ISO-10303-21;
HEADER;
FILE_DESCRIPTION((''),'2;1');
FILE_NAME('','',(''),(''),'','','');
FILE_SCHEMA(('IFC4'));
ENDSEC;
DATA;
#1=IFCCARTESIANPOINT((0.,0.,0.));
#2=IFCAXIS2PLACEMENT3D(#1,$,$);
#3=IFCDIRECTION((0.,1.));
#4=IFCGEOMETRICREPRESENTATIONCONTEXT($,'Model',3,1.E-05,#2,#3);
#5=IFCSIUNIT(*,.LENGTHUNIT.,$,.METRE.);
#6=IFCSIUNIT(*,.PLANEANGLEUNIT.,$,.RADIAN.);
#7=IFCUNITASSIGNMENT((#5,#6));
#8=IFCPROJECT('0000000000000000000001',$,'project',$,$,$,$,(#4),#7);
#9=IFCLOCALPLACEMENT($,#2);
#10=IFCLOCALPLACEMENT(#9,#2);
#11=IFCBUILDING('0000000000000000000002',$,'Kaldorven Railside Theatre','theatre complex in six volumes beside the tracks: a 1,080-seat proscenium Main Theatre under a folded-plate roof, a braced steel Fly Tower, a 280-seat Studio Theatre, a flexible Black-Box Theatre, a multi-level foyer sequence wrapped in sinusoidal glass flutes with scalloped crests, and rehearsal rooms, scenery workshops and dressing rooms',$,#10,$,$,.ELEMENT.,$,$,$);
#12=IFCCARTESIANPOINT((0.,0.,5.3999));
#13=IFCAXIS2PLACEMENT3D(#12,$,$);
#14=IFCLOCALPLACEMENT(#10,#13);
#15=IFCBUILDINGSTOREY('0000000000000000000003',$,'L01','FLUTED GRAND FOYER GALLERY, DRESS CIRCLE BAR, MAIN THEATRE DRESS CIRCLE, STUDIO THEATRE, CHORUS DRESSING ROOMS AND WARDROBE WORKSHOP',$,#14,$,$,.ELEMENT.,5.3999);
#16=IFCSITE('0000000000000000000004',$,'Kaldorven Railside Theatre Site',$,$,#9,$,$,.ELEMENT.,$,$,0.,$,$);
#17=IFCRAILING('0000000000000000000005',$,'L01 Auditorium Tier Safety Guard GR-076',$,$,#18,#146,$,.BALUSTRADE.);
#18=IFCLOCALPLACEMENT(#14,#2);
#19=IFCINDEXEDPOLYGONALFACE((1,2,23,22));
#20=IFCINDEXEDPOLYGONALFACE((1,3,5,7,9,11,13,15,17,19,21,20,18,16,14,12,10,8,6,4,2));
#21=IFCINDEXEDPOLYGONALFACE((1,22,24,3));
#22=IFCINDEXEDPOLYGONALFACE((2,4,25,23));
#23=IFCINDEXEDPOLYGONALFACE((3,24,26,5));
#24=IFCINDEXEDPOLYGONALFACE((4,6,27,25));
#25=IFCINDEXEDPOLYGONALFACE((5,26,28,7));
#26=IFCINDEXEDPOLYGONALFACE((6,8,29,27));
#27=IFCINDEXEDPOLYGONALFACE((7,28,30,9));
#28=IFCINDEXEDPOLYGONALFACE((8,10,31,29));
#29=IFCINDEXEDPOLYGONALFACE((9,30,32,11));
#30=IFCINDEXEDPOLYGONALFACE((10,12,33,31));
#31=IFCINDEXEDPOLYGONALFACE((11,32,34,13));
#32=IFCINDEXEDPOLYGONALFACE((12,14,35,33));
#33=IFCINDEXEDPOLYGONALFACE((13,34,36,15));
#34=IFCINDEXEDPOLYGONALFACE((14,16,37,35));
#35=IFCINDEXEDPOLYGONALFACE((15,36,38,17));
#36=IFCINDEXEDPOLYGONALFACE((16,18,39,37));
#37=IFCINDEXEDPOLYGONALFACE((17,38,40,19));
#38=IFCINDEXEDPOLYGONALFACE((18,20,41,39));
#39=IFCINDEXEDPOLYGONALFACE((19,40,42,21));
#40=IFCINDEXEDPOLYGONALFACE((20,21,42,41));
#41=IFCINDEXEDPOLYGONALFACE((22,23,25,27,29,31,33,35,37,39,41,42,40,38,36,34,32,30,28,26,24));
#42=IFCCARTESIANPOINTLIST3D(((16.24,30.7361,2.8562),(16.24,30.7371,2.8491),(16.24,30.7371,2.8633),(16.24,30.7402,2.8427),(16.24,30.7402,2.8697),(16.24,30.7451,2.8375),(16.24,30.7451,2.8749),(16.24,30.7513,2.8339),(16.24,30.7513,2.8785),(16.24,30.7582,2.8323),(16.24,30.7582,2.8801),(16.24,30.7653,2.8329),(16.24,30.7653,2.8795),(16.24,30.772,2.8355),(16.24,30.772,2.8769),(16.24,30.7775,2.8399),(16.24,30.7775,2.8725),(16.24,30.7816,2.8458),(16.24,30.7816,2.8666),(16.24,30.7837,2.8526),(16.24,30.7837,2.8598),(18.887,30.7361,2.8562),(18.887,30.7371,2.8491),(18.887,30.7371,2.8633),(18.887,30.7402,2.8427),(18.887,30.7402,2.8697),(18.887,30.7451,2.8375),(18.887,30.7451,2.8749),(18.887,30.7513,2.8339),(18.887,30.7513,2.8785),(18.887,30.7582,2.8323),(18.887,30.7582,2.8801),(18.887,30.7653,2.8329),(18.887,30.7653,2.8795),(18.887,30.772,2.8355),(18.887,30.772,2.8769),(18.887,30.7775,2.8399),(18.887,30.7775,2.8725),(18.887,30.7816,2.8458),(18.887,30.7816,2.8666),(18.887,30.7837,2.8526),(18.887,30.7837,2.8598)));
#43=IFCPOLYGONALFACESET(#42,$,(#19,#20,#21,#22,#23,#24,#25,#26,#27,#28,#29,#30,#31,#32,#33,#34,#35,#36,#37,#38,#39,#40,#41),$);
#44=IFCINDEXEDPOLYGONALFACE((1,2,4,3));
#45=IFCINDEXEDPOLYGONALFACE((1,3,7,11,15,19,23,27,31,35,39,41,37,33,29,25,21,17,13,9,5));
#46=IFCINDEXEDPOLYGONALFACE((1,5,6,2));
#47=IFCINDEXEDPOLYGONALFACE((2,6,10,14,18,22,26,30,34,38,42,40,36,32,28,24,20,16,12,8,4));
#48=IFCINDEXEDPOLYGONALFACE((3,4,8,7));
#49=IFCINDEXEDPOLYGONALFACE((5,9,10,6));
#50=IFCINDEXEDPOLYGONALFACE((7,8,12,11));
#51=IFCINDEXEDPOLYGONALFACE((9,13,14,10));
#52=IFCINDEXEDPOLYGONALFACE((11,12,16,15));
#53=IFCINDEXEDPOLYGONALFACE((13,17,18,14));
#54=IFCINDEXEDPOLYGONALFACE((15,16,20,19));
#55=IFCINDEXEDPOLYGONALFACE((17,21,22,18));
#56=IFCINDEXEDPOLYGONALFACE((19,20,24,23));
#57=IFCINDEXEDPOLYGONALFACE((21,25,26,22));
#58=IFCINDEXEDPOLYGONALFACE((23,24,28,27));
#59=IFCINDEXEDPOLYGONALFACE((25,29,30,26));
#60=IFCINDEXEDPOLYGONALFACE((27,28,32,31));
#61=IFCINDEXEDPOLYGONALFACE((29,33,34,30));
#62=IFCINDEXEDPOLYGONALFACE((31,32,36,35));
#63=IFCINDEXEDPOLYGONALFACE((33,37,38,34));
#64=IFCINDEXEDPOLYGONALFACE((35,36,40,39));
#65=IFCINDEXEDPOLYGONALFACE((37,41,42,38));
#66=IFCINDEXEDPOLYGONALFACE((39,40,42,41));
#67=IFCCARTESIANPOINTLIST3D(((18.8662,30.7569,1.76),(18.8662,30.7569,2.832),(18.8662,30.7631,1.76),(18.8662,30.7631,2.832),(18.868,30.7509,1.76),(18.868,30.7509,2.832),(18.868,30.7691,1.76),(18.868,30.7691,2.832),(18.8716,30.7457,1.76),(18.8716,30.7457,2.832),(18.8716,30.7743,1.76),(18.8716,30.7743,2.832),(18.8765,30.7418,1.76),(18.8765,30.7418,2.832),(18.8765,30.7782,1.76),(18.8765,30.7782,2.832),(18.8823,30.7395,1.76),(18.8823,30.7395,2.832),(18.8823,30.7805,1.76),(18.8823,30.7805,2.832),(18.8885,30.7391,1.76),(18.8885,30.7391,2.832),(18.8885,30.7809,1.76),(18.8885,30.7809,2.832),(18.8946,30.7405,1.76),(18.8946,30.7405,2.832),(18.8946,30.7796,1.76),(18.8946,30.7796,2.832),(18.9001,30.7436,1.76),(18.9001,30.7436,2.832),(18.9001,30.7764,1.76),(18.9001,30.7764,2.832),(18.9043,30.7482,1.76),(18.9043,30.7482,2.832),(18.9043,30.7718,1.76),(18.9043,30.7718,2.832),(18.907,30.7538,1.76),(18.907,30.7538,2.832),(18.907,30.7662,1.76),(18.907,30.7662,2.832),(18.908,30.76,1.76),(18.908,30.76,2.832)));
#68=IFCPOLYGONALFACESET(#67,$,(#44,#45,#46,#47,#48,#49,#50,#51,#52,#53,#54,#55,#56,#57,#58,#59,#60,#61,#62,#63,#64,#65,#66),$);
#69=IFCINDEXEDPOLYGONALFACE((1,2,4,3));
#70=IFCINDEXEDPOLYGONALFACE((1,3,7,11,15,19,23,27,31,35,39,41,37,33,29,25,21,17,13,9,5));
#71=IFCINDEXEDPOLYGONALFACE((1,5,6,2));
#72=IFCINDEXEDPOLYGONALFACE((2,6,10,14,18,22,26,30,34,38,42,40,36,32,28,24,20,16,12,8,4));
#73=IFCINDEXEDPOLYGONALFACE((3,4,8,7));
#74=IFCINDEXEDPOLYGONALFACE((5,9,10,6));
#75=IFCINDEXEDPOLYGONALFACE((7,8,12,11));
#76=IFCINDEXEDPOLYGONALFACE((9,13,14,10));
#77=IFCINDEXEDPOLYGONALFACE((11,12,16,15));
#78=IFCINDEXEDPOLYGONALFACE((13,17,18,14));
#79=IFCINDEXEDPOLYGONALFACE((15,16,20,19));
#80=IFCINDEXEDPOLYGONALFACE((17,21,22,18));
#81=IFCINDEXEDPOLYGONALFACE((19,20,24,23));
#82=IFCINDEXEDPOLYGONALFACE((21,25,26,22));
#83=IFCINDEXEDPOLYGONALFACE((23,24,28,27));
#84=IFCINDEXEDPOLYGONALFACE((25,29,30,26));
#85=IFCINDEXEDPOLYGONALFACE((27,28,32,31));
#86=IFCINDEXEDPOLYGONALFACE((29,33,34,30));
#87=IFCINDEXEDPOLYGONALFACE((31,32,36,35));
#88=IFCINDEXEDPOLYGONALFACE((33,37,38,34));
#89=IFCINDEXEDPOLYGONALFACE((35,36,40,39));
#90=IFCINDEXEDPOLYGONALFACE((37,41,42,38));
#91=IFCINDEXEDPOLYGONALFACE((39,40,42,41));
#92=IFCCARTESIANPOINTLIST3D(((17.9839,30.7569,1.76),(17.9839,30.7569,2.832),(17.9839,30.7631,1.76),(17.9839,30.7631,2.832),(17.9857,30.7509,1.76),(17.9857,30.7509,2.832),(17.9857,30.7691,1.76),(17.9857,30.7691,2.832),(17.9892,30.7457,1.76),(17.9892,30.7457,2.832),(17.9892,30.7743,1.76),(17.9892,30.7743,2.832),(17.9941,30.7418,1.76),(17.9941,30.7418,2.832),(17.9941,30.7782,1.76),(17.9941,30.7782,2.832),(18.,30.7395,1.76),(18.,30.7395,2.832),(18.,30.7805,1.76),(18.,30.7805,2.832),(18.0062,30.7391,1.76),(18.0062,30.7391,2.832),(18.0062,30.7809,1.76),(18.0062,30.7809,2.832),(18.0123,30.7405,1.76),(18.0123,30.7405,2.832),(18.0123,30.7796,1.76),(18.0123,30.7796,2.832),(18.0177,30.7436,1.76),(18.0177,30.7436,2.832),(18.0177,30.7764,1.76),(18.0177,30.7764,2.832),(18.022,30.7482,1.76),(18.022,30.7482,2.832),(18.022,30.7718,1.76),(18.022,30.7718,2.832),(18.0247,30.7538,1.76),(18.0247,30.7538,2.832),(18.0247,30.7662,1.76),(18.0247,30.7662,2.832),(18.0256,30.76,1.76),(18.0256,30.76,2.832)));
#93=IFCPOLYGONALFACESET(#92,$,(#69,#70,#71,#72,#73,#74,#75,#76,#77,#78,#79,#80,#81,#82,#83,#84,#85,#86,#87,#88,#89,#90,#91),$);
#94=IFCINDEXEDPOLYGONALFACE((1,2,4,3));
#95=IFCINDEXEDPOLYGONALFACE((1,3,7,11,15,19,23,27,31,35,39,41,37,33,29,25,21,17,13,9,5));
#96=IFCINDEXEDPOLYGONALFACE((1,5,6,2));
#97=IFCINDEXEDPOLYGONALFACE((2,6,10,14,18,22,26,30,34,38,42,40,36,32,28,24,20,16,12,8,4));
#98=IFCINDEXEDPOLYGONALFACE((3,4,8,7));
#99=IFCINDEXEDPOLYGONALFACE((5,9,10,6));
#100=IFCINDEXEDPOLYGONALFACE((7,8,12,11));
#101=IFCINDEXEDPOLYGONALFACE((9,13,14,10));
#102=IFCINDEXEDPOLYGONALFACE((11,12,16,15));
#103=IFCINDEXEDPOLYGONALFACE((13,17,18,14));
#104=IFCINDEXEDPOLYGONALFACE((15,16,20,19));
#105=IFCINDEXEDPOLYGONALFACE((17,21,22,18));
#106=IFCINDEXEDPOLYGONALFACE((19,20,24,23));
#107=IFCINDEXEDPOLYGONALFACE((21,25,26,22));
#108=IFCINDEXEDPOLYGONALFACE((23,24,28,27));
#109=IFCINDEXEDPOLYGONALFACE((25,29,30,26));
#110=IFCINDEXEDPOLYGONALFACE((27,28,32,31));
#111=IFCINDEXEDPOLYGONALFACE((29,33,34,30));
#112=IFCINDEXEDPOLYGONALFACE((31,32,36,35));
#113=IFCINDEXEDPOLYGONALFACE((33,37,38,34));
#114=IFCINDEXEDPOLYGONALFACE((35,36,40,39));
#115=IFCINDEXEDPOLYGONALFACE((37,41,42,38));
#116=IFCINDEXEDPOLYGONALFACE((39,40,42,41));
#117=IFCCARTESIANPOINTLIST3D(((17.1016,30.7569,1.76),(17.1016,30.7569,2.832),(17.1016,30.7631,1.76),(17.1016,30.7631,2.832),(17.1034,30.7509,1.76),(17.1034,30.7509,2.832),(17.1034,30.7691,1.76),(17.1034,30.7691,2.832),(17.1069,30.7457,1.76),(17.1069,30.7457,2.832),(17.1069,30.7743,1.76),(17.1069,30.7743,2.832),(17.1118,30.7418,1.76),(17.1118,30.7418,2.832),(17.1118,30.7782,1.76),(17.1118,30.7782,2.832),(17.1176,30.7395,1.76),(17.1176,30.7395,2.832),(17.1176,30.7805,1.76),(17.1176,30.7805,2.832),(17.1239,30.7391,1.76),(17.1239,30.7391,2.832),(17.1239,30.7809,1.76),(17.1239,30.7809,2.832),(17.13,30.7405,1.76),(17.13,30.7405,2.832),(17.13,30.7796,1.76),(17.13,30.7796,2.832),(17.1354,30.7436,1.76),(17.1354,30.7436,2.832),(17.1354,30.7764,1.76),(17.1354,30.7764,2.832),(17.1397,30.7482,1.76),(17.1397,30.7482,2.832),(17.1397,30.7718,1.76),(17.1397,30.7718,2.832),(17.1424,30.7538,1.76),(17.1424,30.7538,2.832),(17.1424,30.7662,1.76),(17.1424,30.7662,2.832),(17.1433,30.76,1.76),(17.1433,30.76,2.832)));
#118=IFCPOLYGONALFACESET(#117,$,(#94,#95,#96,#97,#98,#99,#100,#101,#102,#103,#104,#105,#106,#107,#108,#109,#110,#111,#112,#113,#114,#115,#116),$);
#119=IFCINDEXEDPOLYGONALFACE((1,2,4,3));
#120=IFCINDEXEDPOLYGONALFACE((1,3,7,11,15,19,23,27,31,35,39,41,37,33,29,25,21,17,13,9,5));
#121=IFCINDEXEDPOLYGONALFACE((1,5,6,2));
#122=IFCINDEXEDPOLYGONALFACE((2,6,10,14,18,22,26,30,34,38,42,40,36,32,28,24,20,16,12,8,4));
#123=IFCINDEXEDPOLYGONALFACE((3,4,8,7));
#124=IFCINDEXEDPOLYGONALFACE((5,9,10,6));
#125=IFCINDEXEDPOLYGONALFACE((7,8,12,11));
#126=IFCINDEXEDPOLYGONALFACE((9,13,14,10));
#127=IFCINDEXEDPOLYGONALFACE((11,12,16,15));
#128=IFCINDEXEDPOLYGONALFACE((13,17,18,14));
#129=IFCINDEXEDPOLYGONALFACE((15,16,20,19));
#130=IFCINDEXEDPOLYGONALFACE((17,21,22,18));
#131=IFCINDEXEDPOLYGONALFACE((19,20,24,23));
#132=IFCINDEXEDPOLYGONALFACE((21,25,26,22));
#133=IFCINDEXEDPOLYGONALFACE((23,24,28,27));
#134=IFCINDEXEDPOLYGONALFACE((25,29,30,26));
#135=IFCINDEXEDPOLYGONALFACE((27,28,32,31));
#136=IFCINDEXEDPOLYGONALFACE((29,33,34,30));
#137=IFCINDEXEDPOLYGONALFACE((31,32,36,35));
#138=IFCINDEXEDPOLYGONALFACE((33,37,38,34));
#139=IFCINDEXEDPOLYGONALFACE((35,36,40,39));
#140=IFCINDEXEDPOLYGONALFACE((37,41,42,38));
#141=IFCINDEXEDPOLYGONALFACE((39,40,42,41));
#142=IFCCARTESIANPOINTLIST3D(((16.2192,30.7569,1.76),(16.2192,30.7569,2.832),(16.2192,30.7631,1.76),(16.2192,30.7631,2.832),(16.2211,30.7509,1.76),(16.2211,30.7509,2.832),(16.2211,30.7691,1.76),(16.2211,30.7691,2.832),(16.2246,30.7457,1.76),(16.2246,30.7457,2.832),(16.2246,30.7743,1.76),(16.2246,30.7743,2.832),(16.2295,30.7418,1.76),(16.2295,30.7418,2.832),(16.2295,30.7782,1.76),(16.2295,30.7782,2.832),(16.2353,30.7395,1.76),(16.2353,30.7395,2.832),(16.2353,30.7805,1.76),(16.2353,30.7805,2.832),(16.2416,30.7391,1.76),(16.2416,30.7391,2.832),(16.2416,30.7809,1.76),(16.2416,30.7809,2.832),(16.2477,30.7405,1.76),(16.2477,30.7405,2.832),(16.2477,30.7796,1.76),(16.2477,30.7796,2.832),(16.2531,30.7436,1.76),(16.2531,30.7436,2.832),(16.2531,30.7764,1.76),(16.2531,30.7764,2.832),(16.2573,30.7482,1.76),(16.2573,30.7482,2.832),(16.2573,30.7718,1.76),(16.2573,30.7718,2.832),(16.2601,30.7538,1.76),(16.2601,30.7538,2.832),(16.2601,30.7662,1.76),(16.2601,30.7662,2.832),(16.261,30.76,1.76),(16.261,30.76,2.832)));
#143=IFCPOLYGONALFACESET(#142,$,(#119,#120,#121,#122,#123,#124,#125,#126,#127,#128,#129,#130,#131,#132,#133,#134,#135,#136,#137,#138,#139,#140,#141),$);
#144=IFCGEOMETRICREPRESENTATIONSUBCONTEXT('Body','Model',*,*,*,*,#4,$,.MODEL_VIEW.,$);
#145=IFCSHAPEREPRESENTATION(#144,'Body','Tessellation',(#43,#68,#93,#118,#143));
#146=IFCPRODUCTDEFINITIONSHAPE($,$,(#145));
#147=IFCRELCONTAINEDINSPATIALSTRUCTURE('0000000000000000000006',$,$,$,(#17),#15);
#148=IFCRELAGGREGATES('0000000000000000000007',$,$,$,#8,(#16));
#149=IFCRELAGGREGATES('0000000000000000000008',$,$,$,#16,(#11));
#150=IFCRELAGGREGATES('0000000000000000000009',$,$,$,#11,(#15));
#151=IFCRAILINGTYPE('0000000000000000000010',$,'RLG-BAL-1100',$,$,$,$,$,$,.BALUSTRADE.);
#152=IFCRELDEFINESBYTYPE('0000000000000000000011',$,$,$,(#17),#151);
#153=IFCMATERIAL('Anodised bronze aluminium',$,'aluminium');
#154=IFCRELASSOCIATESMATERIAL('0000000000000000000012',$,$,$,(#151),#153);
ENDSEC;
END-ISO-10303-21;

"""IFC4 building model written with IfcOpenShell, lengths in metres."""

from ifc_helpers import new_model, si_unit, direction, frame, origin, origin_2d, place, context, subcontext, project, spatial, circle, extrude, material, type_object, element, save


model = new_model("IFC4")

# Units and contexts
model_context = context("Model", 3, precision=1e-05, world=origin(), true_north=direction((0.0, 1.0)))
body_context = subcontext(model_context, "Body", "Model", "MODEL_VIEW")
ifc_project = project(units=[si_unit("LENGTHUNIT", "METRE"), si_unit("PLANEANGLEUNIT", "RADIAN")], contexts=[model_context])

# Site, building, storey
site_placement = place(None, origin())
site = spatial("IfcSite", under=ifc_project, at=site_placement, Name="Kaldorven Railside Theatre Site", CompositionType="ELEMENT", RefElevation=0.0)
building_placement = place(site_placement, origin())
building = spatial("IfcBuilding", under=site, at=building_placement, Name="Kaldorven Railside Theatre", Description="theatre complex in six volumes beside the tracks: a 1,080-seat proscenium Main Theatre under a folded-plate roof, a braced steel Fly Tower, a 280-seat Studio Theatre, a flexible Black-Box Theatre, a multi-level foyer sequence wrapped in sinusoidal glass flutes with scalloped crests, and rehearsal rooms, scenery workshops and dressing rooms", CompositionType="ELEMENT")
storey_placement = place(building_placement, frame((0.0, 0.0, 5.3999)))
storey = spatial("IfcBuildingStorey", under=building, at=storey_placement, Name="L01", Description="FLUTED GRAND FOYER GALLERY, DRESS CIRCLE BAR, MAIN THEATRE DRESS CIRCLE, STUDIO THEATRE, CHORUS DRESSING ROOMS AND WARDROBE WORKSHOP", CompositionType="ELEMENT", Elevation=5.3999)

# Railing
ifc_material_1 = material(Name="Anodised bronze aluminium", Category="aluminium")
railing_type = type_object("IfcRailingType", Name="RLG-BAL-1100", PredefinedType="BALUSTRADE", material=ifc_material_1)
for number, where, name in (
    (1, (18.887, 30.76, 1.76), "L01 Auditorium Tier Safety Guard GR-076"),
):
    element("IfcRailing", number, at=place(storey_placement, frame(where)), inside=storey, type_object=railing_type, Name=name, PredefinedType="BALUSTRADE", context=body_context, shape_type="SweptSolid", body=[
        extrude(circle(Radius=0.0239, at=origin_2d()), frame((0.0, 0.0, 1.0962), z_axis=(-1.0, 0.0, 0.0), x_axis=(0.0, -1.0, 0.0)), (0.0, 0.0, 1.0), 2.647),
        extrude(circle(Radius=0.021, at=origin_2d()), origin(), (0.0, 0.0, 1.0), 1.072),
        extrude(circle(Radius=0.021, at=origin_2d()), frame((-0.8823, 0.0, 0.0)), (0.0, 0.0, 1.0), 1.072),
        extrude(circle(Radius=0.021, at=origin_2d()), frame((-1.7646, 0.0, 0.0)), (0.0, 0.0, 1.0), 1.072),
        extrude(circle(Radius=0.021, at=origin_2d()), frame((-2.647, 0.0, 0.0)), (0.0, 0.0, 1.0), 1.072),
    ])

save(model, "model.ifc")
